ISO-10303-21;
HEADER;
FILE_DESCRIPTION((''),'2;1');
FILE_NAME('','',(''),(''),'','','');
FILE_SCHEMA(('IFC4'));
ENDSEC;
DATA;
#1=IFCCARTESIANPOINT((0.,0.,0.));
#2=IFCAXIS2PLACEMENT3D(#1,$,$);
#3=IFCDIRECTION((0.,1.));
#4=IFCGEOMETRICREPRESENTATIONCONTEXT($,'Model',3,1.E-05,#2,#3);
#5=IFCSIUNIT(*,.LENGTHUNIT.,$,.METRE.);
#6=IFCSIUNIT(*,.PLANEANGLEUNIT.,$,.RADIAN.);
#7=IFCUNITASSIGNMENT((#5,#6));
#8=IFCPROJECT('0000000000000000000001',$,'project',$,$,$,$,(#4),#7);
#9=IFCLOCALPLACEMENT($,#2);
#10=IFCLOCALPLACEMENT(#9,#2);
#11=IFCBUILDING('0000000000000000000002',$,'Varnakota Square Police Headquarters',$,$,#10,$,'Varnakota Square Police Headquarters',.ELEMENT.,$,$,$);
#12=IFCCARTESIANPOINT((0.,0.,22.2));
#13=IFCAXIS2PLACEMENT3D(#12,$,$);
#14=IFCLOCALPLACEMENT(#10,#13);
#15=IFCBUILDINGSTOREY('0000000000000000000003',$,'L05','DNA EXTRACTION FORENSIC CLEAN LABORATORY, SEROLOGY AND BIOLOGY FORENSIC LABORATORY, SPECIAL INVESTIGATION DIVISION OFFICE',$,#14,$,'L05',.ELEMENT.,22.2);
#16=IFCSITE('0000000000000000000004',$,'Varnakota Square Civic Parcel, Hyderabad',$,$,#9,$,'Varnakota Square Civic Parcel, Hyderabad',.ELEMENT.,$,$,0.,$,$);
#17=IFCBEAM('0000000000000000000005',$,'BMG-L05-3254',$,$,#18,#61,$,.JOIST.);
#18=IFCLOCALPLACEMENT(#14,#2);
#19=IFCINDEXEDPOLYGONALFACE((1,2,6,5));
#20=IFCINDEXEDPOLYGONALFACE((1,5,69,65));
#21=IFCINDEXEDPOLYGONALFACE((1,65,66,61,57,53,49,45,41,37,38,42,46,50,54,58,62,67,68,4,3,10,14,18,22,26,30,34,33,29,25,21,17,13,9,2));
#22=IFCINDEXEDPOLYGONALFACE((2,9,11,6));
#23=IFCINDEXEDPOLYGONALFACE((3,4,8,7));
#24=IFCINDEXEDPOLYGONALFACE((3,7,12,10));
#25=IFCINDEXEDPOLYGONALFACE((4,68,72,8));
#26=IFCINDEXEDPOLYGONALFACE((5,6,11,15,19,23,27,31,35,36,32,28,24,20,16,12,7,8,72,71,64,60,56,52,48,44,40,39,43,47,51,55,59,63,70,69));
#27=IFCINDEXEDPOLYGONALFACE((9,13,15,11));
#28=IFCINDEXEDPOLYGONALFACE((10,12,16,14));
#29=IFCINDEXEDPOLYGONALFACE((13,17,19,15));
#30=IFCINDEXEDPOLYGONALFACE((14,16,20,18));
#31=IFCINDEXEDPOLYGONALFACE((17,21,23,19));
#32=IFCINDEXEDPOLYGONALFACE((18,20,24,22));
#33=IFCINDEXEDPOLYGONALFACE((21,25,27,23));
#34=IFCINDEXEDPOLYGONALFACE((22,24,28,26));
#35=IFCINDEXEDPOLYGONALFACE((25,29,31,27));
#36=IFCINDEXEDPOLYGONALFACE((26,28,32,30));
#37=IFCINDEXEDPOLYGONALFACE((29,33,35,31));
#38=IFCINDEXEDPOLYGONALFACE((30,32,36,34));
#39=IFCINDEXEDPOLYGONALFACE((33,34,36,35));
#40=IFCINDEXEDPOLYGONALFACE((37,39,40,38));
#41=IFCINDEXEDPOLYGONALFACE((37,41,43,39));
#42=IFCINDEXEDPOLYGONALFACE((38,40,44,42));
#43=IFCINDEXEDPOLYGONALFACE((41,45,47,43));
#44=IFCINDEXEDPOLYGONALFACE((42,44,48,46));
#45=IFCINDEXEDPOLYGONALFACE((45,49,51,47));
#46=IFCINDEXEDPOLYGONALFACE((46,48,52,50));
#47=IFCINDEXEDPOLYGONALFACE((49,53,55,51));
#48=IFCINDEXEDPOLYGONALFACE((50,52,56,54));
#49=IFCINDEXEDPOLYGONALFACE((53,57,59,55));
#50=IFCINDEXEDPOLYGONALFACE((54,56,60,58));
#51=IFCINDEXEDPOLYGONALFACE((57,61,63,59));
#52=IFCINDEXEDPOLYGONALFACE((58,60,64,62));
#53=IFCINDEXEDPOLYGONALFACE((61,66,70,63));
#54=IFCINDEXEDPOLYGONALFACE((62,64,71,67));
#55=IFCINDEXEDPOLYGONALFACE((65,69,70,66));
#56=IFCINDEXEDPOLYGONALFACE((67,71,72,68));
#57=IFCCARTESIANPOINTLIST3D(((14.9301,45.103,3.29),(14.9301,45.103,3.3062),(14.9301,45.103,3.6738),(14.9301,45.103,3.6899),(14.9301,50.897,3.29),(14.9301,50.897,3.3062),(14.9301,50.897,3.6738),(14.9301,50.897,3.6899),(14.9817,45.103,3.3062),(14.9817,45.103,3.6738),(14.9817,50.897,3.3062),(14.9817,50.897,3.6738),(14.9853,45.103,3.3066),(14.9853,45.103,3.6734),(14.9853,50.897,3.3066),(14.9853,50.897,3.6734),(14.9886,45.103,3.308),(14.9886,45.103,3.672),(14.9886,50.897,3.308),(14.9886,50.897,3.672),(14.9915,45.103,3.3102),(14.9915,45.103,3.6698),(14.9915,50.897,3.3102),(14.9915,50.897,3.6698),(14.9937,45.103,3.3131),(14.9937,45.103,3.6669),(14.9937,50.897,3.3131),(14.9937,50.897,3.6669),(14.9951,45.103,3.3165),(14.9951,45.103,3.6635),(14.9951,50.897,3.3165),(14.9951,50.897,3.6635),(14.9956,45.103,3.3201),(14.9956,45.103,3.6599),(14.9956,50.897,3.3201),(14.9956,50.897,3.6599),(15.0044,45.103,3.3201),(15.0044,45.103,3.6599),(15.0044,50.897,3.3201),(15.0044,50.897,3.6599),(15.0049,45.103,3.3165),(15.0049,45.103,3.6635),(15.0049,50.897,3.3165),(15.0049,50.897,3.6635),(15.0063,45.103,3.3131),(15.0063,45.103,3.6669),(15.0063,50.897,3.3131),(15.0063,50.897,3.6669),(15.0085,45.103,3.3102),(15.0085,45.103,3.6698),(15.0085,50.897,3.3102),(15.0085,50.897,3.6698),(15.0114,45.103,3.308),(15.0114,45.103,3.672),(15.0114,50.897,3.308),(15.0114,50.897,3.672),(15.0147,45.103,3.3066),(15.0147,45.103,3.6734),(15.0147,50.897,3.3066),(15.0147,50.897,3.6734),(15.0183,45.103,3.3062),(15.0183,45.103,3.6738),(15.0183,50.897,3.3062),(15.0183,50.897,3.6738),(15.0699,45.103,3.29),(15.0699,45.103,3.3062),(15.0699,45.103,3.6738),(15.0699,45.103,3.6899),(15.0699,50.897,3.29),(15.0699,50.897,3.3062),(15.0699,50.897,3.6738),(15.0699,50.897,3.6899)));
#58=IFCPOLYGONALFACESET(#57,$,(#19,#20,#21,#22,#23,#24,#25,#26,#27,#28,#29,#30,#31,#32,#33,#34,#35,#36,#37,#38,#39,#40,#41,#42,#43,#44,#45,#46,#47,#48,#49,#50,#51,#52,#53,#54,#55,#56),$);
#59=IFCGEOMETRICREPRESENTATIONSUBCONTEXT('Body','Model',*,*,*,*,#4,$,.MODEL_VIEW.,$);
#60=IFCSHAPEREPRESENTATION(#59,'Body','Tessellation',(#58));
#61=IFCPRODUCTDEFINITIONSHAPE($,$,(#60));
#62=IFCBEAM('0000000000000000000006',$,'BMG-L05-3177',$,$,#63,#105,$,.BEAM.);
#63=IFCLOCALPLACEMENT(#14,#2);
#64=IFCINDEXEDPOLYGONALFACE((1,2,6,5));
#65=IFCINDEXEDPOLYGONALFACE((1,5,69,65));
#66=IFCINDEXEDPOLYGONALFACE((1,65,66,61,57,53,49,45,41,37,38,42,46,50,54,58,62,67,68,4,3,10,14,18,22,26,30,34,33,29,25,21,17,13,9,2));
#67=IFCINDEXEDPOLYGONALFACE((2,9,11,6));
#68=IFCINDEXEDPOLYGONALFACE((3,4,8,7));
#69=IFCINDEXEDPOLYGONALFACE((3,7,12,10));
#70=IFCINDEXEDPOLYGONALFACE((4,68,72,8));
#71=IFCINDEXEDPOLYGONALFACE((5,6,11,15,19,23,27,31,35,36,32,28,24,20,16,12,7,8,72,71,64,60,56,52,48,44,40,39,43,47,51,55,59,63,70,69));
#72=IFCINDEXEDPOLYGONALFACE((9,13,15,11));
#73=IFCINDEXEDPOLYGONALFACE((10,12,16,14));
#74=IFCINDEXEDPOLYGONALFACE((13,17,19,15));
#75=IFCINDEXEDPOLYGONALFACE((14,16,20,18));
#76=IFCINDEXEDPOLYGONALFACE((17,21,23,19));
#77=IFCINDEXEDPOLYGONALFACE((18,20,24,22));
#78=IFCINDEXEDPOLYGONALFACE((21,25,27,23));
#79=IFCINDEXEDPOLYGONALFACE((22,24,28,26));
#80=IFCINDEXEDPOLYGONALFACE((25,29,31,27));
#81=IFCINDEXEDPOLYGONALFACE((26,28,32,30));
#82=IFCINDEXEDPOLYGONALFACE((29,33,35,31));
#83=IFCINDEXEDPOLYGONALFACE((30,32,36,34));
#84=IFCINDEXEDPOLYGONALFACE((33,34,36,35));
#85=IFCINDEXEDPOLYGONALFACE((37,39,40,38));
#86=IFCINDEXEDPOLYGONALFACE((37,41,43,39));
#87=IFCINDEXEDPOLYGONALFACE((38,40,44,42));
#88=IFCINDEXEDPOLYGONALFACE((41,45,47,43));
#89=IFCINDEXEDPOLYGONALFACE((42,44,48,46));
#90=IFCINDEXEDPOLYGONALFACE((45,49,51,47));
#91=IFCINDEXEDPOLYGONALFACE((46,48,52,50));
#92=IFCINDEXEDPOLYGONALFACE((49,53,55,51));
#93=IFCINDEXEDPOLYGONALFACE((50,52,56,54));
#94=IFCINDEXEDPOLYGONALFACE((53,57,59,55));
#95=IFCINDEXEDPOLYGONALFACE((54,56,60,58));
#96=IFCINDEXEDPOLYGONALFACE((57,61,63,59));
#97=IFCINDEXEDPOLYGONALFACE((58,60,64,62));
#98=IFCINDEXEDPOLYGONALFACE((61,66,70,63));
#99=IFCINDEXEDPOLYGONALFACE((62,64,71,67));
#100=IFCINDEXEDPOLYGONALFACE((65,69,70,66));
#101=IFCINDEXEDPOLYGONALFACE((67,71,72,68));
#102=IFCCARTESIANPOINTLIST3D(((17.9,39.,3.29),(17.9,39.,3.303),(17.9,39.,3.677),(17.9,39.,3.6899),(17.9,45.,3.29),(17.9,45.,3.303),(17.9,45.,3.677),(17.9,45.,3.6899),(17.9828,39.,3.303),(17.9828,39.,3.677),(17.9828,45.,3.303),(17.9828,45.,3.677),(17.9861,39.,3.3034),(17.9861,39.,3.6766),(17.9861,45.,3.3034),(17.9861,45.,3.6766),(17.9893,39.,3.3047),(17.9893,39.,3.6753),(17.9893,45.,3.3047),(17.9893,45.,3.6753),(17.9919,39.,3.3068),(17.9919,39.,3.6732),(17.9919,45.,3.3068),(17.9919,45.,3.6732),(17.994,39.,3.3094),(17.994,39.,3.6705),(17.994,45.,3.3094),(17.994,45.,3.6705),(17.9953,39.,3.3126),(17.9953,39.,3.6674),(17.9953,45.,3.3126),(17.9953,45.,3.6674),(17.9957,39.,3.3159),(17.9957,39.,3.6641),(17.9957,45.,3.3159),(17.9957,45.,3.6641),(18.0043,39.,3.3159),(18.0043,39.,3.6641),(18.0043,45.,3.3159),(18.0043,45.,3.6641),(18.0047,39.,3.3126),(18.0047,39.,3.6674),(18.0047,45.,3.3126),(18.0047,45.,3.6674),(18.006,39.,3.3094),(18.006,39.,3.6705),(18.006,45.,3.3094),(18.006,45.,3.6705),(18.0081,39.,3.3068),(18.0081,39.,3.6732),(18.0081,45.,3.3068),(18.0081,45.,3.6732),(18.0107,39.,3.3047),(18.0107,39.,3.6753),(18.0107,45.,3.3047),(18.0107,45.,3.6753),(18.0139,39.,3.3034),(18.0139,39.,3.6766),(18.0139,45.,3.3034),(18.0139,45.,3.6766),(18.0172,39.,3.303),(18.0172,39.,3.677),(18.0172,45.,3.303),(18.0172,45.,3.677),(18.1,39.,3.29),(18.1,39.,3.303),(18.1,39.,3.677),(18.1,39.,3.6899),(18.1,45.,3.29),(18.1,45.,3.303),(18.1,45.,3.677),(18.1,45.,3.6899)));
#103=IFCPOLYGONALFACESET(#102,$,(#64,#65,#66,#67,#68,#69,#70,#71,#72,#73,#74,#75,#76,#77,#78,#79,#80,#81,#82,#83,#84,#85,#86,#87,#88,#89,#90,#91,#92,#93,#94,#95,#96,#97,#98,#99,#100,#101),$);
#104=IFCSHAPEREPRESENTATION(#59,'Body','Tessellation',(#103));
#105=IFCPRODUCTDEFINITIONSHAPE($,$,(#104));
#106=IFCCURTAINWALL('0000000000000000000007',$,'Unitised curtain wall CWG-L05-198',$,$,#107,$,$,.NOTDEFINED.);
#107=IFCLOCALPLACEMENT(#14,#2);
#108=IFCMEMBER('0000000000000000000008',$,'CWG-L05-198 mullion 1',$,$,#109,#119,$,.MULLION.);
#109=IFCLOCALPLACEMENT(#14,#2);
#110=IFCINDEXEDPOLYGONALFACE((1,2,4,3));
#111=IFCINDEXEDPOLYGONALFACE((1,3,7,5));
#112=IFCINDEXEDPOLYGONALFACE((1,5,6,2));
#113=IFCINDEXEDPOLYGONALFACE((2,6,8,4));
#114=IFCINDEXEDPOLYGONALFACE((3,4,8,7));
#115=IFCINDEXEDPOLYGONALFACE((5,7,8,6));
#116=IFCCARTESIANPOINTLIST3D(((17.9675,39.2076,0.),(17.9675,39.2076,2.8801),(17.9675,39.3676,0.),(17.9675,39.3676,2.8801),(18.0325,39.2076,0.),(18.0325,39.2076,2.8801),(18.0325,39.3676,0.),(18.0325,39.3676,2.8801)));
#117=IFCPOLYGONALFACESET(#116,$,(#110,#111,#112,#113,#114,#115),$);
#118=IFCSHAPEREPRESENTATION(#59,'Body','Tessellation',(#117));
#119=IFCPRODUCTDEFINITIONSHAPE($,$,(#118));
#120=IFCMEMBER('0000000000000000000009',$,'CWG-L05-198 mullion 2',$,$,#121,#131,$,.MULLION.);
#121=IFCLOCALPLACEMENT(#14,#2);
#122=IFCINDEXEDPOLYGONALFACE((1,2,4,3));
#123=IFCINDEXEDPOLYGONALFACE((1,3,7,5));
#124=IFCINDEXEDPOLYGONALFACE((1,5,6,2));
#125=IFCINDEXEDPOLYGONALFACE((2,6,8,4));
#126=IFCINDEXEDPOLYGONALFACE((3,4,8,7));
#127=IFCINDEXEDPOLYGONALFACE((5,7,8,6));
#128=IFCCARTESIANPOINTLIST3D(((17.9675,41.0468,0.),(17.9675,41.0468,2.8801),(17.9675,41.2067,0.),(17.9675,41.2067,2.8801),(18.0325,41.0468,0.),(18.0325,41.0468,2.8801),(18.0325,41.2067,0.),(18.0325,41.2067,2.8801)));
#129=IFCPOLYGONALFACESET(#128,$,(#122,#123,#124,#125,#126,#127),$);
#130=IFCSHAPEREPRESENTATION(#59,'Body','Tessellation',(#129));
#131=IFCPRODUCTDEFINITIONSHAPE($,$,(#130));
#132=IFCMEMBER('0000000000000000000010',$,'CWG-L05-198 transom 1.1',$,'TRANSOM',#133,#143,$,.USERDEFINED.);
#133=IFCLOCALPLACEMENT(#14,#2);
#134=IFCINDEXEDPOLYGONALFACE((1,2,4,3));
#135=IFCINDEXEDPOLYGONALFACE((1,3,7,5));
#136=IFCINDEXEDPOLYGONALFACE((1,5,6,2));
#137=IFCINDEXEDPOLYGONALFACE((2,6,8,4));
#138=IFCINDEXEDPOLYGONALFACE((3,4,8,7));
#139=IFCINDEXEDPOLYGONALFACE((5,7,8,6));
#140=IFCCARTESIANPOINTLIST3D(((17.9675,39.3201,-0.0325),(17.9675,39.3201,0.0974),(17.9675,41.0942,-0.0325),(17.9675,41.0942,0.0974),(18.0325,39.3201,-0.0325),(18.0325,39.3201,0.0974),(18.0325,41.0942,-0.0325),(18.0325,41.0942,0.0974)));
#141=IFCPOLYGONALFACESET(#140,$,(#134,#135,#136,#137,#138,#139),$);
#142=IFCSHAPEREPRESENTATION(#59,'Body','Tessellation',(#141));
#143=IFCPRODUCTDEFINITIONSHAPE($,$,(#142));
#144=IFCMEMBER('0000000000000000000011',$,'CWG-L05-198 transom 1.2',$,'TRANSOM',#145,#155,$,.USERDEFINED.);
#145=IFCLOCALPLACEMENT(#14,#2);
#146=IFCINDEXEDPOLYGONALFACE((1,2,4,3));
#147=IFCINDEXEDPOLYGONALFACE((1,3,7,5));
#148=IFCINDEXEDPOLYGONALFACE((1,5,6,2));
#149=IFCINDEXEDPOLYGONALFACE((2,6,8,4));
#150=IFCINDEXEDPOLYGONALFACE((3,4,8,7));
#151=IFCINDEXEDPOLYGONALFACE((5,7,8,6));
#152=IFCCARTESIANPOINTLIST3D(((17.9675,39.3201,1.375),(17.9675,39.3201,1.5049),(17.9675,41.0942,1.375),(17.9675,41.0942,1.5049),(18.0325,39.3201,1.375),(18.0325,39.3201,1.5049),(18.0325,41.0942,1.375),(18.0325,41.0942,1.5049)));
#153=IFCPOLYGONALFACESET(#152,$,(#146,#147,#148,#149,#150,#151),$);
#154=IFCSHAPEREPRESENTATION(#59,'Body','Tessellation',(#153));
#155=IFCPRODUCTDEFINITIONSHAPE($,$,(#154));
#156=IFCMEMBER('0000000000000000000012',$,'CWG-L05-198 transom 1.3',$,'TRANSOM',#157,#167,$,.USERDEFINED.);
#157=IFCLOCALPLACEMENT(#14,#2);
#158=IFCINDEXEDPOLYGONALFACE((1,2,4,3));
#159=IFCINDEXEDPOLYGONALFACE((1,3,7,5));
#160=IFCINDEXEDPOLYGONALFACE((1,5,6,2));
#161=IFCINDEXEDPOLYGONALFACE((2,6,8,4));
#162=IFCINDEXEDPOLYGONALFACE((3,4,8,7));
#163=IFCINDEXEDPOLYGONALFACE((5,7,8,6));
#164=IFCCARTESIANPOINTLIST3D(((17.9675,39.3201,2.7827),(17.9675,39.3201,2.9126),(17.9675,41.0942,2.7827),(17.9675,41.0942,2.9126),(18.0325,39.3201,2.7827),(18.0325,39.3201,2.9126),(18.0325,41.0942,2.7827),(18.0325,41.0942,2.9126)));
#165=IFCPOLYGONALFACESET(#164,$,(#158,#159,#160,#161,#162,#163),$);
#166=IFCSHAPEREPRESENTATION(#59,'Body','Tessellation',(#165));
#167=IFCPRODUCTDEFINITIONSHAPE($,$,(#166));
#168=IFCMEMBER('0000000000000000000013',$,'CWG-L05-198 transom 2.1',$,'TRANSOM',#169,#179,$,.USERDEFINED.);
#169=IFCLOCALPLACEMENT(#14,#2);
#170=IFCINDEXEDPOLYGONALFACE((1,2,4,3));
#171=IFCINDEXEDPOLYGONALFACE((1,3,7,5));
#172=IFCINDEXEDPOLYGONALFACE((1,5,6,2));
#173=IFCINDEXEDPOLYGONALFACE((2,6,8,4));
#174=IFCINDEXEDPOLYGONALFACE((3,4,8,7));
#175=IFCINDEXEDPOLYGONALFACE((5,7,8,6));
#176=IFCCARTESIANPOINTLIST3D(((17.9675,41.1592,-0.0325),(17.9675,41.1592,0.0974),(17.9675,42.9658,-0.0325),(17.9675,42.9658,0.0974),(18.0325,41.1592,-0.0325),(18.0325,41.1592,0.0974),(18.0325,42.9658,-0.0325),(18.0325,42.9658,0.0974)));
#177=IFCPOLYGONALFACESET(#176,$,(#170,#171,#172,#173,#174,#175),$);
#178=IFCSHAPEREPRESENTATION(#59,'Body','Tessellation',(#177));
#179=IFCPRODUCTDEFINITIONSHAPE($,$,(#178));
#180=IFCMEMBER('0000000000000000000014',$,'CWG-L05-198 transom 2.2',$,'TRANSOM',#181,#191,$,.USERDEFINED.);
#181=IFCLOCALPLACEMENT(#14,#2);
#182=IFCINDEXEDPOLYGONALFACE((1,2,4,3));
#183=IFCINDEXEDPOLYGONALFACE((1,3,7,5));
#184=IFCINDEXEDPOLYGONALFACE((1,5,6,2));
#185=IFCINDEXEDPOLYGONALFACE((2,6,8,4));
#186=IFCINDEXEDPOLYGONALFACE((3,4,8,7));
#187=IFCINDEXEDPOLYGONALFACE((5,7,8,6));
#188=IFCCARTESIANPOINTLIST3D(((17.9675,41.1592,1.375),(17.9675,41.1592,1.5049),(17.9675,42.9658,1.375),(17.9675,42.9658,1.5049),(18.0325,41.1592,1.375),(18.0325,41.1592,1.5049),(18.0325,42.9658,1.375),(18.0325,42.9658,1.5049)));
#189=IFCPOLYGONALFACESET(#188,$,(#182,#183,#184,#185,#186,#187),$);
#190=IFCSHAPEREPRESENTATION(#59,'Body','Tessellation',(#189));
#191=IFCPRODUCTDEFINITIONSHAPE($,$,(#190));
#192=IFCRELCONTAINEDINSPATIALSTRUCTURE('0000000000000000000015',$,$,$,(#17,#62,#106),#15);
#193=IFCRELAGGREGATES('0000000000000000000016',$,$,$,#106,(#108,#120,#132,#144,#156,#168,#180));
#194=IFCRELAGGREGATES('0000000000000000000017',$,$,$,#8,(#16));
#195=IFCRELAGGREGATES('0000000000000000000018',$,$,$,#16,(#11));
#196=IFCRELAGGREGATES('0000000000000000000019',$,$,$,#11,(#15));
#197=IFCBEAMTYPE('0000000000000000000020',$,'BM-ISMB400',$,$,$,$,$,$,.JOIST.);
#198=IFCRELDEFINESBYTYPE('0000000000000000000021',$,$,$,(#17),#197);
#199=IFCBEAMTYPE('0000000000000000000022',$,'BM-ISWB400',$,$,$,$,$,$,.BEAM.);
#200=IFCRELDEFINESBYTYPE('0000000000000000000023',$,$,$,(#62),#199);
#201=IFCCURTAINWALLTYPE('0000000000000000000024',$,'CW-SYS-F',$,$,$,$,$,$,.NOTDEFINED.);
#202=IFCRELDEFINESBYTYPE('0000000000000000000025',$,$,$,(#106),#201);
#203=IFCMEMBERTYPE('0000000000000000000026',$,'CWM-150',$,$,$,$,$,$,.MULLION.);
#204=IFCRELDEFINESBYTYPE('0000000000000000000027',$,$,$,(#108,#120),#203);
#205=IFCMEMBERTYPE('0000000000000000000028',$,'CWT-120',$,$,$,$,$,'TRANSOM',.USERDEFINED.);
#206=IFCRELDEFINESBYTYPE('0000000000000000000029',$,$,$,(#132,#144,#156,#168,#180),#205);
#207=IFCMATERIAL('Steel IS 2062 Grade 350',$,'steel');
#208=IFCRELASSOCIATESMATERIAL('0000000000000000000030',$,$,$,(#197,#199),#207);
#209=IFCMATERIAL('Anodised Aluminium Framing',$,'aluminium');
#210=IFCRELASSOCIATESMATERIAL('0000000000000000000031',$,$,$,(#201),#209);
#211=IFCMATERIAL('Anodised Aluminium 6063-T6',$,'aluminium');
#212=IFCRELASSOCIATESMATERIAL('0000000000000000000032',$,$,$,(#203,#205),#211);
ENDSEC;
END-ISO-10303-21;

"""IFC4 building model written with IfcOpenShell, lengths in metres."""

from ifc_helpers import new_model, si_unit, direction, frame, origin, origin_2d, place, context, subcontext, project, spatial, rectangle, i_section, extrude, material, material_profile, profile_set, type_object, element, aggregate, save


model = new_model("IFC4")

# Units and contexts
model_context = context("Model", 3, precision=1e-05, world=origin(), true_north=direction((0.0, 1.0)))
body_context = subcontext(model_context, "Body", "Model", "MODEL_VIEW")
ifc_project = project(units=[si_unit("LENGTHUNIT", "METRE"), si_unit("PLANEANGLEUNIT", "RADIAN")], contexts=[model_context])

# Site, building, storey
site_placement = place(None, origin())
site = spatial("IfcSite", under=ifc_project, at=site_placement, Name="Varnakota Square Civic Parcel, Hyderabad", LongName="Varnakota Square Civic Parcel, Hyderabad", CompositionType="ELEMENT", RefElevation=0.0)
building_placement = place(site_placement, origin())
building = spatial("IfcBuilding", under=site, at=building_placement, Name="Varnakota Square Police Headquarters", LongName="Varnakota Square Police Headquarters", CompositionType="ELEMENT")
storey_placement = place(building_placement, frame((0.0, 0.0, 22.2)))
storey = spatial("IfcBuildingStorey", under=building, at=storey_placement, Name="L05", Description="DNA EXTRACTION FORENSIC CLEAN LABORATORY, SEROLOGY AND BIOLOGY FORENSIC LABORATORY, SPECIAL INVESTIGATION DIVISION OFFICE", LongName="L05", CompositionType="ELEMENT", Elevation=22.2)

# Beams
ifc_material_1 = material(Name="Steel IS 2062 Grade 350", Category="steel")
ifc_material_profile_1 = material_profile(ifc_material_1, i_section(OverallWidth=0.1399, OverallDepth=0.3999, WebThickness=0.0088, FlangeThickness=0.0161, FilletRadius=0.0139, at=origin_2d()), Name="ISMB 400")
ifc_profile_set_1 = profile_set([ifc_material_profile_1], Name="Steel IS 2062 Grade 350")
beam_type_1 = type_object("IfcBeamType", Name="BM-ISMB400", PredefinedType="JOIST", material=ifc_profile_set_1)
beam_1_placement = place(storey_placement, frame((15.0, 45.103, 3.49), z_axis=(0.0, 1.0, 0.0), x_axis=(-1.0, 0.0, 0.0)))
element("IfcBeam", 1, at=beam_1_placement, inside=storey, type_object=beam_type_1, Name="BMG-L05-3254", PredefinedType="JOIST", context=body_context, shape_type="SweptSolid", body=[
    extrude(i_section(OverallWidth=0.1399, OverallDepth=0.3999, WebThickness=0.0088, FlangeThickness=0.0161, FilletRadius=0.0139, at=origin_2d()), origin(), (0.0, 0.0, 1.0), 5.7939),
])
ifc_material_profile_2 = material_profile(ifc_material_1, i_section(OverallWidth=0.2, OverallDepth=0.3999, WebThickness=0.0085, FlangeThickness=0.0129, FilletRadius=0.0129, at=origin_2d()), Name="ISWB 400")
ifc_profile_set_2 = profile_set([ifc_material_profile_2], Name="Steel IS 2062 Grade 350")
beam_type_2 = type_object("IfcBeamType", Name="BM-ISWB400", PredefinedType="BEAM", material=ifc_profile_set_2)
beam_2_placement = place(storey_placement, frame((18.0, 39.0, 3.49), z_axis=(0.0, 1.0, 0.0), x_axis=(-1.0, 0.0, 0.0)))
element("IfcBeam", 2, at=beam_2_placement, inside=storey, type_object=beam_type_2, Name="BMG-L05-3177", PredefinedType="BEAM", context=body_context, shape_type="SweptSolid", body=[
    extrude(i_section(OverallWidth=0.2, OverallDepth=0.3999, WebThickness=0.0085, FlangeThickness=0.0129, FilletRadius=0.0129, at=origin_2d()), origin(), (0.0, 0.0, 1.0), 6.0),
])

# Curtain wall, members
ifc_material_2 = material(Name="Anodised Aluminium Framing", Category="aluminium")
curtain_wall_type = type_object("IfcCurtainWallType", Name="CW-SYS-F", PredefinedType="NOTDEFINED", material=ifc_material_2)
curtain_wall_placement = place(storey_placement, origin())
curtain_wall = element("IfcCurtainWall", 3, at=curtain_wall_placement, inside=storey, type_object=curtain_wall_type, Name="Unitised curtain wall CWG-L05-198", PredefinedType="NOTDEFINED")
ifc_material_3 = material(Name="Anodised Aluminium 6063-T6", Category="aluminium")
ifc_material_profile_3 = material_profile(ifc_material_3, rectangle(XDim=0.0649, YDim=0.1599, at=origin_2d()), Name="ALU MULLION 65x160")
ifc_profile_set_3 = profile_set([ifc_material_profile_3], Name="Anodised Aluminium 6063-T6")
member_type_1 = type_object("IfcMemberType", Name="CWM-150", PredefinedType="MULLION", material=ifc_profile_set_3)
member_1_placement = place(storey_placement, frame((18.0, 39.2876, 0.0), z_axis=(0.0, 0.0, 1.0), x_axis=(-1.0, 0.0, 0.0)))
member_1 = element("IfcMember", 4, at=member_1_placement, type_object=member_type_1, Name="CWG-L05-198 mullion 1", PredefinedType="MULLION", context=body_context, shape_type="SweptSolid", body=[
    extrude(rectangle(XDim=0.0649, YDim=0.1599, at=origin_2d()), origin(), (0.0, 0.0, 1.0), 2.8801),
])
member_2_placement = place(storey_placement, frame((18.0, 41.1267, 0.0), z_axis=(0.0, 0.0, 1.0), x_axis=(-1.0, 0.0, 0.0)))
member_2 = element("IfcMember", 5, at=member_2_placement, type_object=member_type_1, Name="CWG-L05-198 mullion 2", PredefinedType="MULLION", context=body_context, shape_type="SweptSolid", body=[
    extrude(rectangle(XDim=0.0649, YDim=0.1599, at=origin_2d()), origin(), (0.0, 0.0, 1.0), 2.8801),
])
ifc_material_profile_4 = material_profile(ifc_material_3, rectangle(XDim=0.0649, YDim=0.1299, at=origin_2d()), Name="ALU TRANSOM 65x130")
ifc_profile_set_4 = profile_set([ifc_material_profile_4], Name="Anodised Aluminium 6063-T6")
member_type_2 = type_object("IfcMemberType", Name="CWT-120", ElementType="TRANSOM", PredefinedType="USERDEFINED", material=ifc_profile_set_4)
member_3_placement = place(storey_placement, frame((18.0, 39.3201, 0.0325), z_axis=(0.0, 1.0, 0.0), x_axis=(-1.0, 0.0, 0.0)))
member_3 = element("IfcMember", 6, at=member_3_placement, type_object=member_type_2, Name="CWG-L05-198 transom 1.1", ObjectType="TRANSOM", PredefinedType="USERDEFINED", context=body_context, shape_type="SweptSolid", body=[
    extrude(rectangle(XDim=0.0649, YDim=0.1299, at=origin_2d()), origin(), (0.0, 0.0, 1.0), 1.7742),
])
member_4_placement = place(storey_placement, frame((18.0, 39.3201, 1.4399), z_axis=(0.0, 1.0, 0.0), x_axis=(-1.0, 0.0, 0.0)))
member_4 = element("IfcMember", 7, at=member_4_placement, type_object=member_type_2, Name="CWG-L05-198 transom 1.2", ObjectType="TRANSOM", PredefinedType="USERDEFINED", context=body_context, shape_type="SweptSolid", body=[
    extrude(rectangle(XDim=0.0649, YDim=0.1299, at=origin_2d()), origin(), (0.0, 0.0, 1.0), 1.7742),
])
member_5_placement = place(storey_placement, frame((18.0, 39.3201, 2.8477), z_axis=(0.0, 1.0, 0.0), x_axis=(-1.0, 0.0, 0.0)))
member_5 = element("IfcMember", 8, at=member_5_placement, type_object=member_type_2, Name="CWG-L05-198 transom 1.3", ObjectType="TRANSOM", PredefinedType="USERDEFINED", context=body_context, shape_type="SweptSolid", body=[
    extrude(rectangle(XDim=0.0649, YDim=0.1299, at=origin_2d()), origin(), (0.0, 0.0, 1.0), 1.7742),
])
member_6_placement = place(storey_placement, frame((18.0, 41.1592, 0.0325), z_axis=(0.0, 1.0, 0.0), x_axis=(-1.0, 0.0, 0.0)))
member_6 = element("IfcMember", 9, at=member_6_placement, type_object=member_type_2, Name="CWG-L05-198 transom 2.1", ObjectType="TRANSOM", PredefinedType="USERDEFINED", context=body_context, shape_type="SweptSolid", body=[
    extrude(rectangle(XDim=0.0649, YDim=0.1299, at=origin_2d()), origin(), (0.0, 0.0, 1.0), 1.8066),
])
member_7_placement = place(storey_placement, frame((18.0, 41.1592, 1.4399), z_axis=(0.0, 1.0, 0.0), x_axis=(-1.0, 0.0, 0.0)))
member_7 = element("IfcMember", 10, at=member_7_placement, type_object=member_type_2, Name="CWG-L05-198 transom 2.2", ObjectType="TRANSOM", PredefinedType="USERDEFINED", context=body_context, shape_type="SweptSolid", body=[
    extrude(rectangle(XDim=0.0649, YDim=0.1299, at=origin_2d()), origin(), (0.0, 0.0, 1.0), 1.8066),
])
aggregate(curtain_wall, [member_1, member_2, member_3, member_4, member_5, member_6, member_7])

save(model, "model.ifc")
